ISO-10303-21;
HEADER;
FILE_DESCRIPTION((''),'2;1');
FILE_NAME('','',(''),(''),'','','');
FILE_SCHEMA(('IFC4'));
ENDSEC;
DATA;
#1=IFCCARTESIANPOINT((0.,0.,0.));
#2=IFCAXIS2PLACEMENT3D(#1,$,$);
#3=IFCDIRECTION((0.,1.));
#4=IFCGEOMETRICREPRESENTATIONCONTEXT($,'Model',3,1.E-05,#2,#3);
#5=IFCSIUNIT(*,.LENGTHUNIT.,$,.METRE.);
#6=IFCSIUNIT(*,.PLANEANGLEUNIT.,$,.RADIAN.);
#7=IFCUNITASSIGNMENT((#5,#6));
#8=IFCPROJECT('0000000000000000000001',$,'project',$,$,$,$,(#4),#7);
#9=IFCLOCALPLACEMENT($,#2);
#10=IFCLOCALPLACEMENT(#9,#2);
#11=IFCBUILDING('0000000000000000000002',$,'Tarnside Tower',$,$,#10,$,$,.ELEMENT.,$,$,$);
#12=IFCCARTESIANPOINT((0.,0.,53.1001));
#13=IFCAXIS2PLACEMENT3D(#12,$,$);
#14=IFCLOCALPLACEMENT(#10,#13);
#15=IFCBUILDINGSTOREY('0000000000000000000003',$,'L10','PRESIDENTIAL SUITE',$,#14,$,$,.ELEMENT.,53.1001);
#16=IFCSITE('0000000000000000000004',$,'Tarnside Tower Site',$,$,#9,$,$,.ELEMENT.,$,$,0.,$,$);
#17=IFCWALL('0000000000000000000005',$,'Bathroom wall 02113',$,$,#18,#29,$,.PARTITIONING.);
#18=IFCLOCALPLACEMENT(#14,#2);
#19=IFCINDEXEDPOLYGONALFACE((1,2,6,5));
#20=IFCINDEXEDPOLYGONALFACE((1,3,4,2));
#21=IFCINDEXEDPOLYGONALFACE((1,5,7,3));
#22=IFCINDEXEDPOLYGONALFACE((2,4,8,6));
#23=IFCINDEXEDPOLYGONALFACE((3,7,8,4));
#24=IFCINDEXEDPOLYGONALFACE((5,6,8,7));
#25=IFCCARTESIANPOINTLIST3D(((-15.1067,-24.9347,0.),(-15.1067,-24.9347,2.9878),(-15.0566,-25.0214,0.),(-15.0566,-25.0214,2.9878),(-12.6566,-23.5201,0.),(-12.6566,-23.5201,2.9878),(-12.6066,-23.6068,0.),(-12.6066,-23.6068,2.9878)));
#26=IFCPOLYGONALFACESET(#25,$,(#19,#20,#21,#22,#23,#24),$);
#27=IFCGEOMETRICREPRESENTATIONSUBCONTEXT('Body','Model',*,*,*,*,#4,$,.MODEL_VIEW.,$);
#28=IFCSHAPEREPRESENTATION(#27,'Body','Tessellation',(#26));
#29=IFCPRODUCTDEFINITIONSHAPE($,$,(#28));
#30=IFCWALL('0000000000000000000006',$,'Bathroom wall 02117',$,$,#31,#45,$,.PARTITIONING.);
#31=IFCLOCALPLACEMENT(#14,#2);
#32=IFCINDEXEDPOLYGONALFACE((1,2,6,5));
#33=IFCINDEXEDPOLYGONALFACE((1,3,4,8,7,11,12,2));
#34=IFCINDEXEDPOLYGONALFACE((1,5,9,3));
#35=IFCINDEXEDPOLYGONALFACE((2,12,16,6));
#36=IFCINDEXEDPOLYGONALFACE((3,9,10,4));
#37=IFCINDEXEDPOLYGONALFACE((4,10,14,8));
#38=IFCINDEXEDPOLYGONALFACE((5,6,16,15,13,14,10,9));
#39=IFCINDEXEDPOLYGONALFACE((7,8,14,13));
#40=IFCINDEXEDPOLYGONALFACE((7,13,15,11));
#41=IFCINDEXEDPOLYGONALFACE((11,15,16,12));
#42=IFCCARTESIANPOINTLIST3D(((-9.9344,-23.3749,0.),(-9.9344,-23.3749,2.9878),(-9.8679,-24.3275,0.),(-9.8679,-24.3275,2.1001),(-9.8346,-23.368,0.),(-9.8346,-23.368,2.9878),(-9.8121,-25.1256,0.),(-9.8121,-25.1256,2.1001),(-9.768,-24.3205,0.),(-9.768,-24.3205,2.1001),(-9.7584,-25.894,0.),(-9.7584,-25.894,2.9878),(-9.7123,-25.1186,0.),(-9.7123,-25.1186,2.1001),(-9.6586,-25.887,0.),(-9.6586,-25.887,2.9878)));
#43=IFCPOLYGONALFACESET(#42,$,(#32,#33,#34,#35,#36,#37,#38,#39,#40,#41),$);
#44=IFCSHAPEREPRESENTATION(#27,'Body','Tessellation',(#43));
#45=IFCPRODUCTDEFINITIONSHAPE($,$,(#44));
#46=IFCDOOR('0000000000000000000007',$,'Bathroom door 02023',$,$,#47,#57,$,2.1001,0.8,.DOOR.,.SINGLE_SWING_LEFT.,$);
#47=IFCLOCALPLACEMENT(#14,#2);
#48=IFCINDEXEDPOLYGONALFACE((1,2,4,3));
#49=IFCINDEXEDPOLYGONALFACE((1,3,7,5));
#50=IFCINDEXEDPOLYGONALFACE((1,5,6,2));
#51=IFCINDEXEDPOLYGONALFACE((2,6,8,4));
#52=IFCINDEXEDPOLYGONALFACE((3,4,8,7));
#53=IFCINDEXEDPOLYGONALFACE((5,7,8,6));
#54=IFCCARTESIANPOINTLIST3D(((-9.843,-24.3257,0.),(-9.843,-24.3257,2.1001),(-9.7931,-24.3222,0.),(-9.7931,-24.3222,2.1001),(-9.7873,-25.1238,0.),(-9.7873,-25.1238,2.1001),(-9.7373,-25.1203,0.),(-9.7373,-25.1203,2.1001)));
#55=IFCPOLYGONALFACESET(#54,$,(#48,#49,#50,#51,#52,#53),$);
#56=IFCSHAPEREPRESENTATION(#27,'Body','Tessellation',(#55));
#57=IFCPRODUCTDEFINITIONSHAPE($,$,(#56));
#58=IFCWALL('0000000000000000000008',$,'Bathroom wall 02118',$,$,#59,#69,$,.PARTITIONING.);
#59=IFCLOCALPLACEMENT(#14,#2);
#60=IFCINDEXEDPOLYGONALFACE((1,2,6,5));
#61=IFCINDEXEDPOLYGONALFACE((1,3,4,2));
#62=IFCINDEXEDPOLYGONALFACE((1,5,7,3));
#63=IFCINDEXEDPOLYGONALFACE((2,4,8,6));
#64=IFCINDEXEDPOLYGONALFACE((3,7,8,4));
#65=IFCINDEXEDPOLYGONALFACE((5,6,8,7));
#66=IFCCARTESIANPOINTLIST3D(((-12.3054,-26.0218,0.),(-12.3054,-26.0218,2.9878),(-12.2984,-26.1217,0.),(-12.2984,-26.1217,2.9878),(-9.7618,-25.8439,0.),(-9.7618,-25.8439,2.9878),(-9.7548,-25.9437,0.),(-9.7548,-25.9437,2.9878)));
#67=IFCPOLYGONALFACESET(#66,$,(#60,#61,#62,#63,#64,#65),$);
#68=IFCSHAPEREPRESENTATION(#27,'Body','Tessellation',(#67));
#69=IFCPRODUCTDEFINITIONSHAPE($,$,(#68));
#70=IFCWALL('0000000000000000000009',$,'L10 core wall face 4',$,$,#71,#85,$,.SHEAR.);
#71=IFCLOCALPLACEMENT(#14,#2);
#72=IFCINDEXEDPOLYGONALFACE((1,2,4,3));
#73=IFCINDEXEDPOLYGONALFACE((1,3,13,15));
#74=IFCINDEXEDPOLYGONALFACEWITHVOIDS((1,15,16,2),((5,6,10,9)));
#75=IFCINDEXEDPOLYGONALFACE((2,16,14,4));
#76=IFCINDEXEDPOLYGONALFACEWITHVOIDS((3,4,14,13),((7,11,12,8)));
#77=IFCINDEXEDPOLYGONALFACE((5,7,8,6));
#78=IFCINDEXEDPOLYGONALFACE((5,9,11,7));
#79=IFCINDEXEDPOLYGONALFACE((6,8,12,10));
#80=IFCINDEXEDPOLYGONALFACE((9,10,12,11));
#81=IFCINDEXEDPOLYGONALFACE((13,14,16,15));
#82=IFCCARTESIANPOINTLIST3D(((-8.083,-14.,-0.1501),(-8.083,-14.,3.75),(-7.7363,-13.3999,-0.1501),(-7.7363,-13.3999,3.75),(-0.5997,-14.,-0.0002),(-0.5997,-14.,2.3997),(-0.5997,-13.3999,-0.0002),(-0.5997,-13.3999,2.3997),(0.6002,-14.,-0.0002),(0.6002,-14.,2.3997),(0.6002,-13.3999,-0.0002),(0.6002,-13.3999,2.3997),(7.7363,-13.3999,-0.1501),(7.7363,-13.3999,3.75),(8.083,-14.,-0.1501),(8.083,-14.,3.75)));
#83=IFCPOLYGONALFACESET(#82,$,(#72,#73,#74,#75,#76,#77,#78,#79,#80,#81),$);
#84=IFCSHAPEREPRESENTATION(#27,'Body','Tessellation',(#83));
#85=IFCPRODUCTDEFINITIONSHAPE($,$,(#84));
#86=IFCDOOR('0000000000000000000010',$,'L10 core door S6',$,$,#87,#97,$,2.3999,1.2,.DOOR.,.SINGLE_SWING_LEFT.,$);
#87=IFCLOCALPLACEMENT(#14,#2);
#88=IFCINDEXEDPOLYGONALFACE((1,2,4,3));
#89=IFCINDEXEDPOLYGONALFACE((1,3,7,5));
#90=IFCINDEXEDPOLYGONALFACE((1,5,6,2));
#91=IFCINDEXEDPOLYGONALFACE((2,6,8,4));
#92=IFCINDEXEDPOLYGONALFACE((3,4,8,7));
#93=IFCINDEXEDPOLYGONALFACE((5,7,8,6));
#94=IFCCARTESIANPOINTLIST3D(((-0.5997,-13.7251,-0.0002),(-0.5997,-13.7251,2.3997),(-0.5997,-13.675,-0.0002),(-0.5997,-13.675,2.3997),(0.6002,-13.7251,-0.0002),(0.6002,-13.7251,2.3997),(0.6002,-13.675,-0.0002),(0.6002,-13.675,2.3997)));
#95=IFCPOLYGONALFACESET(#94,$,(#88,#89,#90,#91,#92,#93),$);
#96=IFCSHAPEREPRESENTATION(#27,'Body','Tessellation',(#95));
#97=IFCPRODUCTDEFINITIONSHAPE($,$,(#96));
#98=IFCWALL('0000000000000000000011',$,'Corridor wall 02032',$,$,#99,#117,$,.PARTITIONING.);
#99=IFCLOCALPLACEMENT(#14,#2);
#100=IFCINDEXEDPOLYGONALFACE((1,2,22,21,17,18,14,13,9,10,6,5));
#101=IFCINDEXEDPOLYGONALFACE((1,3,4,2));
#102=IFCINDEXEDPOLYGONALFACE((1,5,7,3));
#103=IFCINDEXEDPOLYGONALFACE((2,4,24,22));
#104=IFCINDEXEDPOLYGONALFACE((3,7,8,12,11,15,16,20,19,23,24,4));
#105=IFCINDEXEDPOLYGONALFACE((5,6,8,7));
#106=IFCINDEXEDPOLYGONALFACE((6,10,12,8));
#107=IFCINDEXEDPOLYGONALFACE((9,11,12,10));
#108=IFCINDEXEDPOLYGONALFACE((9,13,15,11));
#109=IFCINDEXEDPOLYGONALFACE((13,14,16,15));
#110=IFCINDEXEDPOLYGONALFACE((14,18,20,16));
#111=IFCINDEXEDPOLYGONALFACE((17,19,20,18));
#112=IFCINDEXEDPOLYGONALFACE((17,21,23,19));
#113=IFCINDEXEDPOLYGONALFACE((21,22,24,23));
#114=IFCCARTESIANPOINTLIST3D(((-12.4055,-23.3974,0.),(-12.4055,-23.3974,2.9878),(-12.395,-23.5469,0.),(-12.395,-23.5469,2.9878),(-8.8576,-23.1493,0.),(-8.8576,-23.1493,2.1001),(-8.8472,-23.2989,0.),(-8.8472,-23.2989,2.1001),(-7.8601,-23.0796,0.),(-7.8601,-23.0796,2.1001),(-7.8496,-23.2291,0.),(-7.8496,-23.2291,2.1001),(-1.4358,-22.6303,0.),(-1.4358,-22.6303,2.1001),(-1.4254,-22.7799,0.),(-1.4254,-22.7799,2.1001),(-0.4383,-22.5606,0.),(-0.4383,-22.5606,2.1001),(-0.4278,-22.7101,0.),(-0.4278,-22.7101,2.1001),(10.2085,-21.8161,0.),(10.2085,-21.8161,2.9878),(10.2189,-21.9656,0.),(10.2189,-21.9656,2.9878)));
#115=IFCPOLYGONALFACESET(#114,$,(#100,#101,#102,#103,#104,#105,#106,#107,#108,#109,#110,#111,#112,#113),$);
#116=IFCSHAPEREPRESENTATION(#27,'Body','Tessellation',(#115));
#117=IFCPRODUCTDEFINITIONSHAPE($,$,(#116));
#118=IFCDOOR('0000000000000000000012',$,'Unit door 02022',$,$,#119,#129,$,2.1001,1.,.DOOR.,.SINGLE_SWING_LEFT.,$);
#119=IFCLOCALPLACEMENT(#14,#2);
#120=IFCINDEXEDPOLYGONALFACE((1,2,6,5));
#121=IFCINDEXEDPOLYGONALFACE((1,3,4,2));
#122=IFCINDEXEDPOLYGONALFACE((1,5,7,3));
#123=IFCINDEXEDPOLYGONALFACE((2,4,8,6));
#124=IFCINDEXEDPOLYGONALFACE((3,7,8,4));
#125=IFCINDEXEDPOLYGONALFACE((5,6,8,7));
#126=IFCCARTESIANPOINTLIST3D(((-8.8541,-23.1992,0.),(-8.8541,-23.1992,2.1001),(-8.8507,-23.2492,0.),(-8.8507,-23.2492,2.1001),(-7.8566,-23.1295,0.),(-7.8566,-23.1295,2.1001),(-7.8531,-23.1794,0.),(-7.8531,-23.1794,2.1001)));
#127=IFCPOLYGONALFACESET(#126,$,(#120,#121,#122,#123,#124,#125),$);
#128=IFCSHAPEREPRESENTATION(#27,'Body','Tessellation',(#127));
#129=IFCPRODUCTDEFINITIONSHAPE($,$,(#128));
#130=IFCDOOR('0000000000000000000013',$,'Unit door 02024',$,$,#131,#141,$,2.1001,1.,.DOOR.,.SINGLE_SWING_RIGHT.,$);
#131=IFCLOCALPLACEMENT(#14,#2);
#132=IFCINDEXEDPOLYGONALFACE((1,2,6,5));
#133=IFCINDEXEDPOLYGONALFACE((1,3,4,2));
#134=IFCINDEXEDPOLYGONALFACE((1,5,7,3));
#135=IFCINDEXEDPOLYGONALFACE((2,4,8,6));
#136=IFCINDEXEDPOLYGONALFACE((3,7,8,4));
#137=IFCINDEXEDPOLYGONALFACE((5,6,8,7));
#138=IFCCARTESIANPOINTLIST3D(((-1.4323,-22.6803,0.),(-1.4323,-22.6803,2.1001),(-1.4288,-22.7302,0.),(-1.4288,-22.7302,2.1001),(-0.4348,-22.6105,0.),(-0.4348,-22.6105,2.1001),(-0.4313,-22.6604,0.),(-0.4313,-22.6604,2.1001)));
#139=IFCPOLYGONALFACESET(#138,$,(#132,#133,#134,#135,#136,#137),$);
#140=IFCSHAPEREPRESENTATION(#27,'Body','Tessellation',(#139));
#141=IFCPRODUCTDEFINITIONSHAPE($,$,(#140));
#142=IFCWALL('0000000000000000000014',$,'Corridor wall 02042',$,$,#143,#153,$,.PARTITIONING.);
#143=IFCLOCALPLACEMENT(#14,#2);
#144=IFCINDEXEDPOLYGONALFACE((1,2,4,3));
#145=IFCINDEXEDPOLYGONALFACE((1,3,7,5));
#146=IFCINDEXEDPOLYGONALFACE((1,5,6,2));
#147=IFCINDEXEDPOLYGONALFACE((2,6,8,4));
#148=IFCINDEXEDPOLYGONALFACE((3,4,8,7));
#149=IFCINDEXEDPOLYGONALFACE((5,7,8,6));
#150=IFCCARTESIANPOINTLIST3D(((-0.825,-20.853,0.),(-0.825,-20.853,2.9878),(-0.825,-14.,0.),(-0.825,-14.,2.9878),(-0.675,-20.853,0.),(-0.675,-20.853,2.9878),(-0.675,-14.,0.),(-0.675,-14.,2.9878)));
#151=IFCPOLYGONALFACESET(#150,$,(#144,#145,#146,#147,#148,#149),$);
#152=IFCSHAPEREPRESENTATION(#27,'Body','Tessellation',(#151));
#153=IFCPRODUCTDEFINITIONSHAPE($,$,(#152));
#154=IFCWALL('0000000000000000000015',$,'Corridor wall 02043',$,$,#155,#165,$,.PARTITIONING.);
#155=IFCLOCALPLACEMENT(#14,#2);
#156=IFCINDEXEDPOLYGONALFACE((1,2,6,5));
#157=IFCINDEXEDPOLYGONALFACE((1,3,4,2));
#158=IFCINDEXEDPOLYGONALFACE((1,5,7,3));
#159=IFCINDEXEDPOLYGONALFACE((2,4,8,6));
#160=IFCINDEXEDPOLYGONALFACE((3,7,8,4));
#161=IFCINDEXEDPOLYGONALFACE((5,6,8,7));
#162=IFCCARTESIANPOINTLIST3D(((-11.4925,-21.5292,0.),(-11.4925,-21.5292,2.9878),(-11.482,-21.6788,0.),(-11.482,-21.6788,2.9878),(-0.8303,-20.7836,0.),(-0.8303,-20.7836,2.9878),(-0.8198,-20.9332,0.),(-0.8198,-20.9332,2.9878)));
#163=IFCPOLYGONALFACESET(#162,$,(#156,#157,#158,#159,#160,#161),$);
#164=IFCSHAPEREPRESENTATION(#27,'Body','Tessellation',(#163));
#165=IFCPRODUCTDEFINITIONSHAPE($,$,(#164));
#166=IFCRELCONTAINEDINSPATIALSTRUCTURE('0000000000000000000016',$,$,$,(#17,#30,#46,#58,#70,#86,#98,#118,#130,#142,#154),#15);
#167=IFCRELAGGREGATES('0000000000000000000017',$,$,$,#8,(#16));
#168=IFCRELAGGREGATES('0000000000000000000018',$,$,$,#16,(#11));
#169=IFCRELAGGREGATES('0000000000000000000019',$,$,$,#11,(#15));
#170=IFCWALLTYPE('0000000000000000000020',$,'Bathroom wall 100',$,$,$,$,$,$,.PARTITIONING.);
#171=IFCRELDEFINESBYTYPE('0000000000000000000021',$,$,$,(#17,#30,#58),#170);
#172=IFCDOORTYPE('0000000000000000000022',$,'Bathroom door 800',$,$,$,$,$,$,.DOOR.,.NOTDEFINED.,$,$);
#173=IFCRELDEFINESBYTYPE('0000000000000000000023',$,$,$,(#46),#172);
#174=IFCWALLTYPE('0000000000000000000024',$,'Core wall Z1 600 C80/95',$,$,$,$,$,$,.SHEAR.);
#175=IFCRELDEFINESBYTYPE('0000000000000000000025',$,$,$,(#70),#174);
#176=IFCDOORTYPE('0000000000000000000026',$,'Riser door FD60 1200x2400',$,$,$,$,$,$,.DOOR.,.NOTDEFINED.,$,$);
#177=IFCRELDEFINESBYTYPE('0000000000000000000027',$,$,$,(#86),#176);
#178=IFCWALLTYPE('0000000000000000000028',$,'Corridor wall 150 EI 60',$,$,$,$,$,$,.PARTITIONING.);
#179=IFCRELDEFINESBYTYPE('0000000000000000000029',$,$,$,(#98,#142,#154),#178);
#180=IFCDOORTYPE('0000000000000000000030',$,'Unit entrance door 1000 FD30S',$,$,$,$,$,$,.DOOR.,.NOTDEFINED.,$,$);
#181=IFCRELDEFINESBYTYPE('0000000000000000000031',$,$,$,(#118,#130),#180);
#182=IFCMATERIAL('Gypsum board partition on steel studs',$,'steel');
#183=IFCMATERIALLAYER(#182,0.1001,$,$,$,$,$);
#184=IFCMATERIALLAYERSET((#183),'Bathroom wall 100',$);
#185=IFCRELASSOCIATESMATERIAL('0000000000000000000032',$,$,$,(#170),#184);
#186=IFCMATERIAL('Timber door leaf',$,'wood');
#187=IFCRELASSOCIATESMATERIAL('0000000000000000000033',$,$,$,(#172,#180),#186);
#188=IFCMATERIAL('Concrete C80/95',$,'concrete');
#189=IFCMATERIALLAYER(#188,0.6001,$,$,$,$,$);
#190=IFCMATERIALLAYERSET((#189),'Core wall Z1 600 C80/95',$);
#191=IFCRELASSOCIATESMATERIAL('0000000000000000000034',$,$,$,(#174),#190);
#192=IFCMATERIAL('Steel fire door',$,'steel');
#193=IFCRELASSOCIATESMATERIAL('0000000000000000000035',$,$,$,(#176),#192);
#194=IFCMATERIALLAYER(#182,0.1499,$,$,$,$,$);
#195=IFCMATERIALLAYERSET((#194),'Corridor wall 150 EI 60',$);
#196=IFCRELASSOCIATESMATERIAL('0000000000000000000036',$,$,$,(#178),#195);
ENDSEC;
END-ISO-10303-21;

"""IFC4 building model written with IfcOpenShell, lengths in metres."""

from ifc_helpers import new_model, si_unit, direction, frame, frame_2d, origin, place, context, subcontext, project, spatial, polyline, rectangle, outline, extrude, material, layer, layer_set, type_object, element, fill, save


model = new_model("IFC4")

# Units and contexts
model_context = context("Model", 3, precision=1e-05, world=origin(), true_north=direction((0.0, 1.0)))
body_context = subcontext(model_context, "Body", "Model", "MODEL_VIEW")
ifc_project = project(units=[si_unit("LENGTHUNIT", "METRE"), si_unit("PLANEANGLEUNIT", "RADIAN")], contexts=[model_context])

# Site, building, storey
site_placement = place(None, origin())
site = spatial("IfcSite", under=ifc_project, at=site_placement, Name="Tarnside Tower Site", CompositionType="ELEMENT", RefElevation=0.0)
building_placement = place(site_placement, origin())
building = spatial("IfcBuilding", under=site, at=building_placement, Name="Tarnside Tower", CompositionType="ELEMENT")
storey_placement = place(building_placement, frame((0.0, 0.0, 53.1001)))
storey = spatial("IfcBuildingStorey", under=building, at=storey_placement, Name="L10", Description="PRESIDENTIAL SUITE", CompositionType="ELEMENT", Elevation=53.1001)

# Wall
ifc_material_1 = material(Name="Gypsum board partition on steel studs", Category="steel")
ifc_layer_1 = layer(ifc_material_1, 0.1001)
ifc_layer_set_1 = layer_set([ifc_layer_1], Name="Bathroom wall 100")
wall_type_1 = type_object("IfcWallType", Name="Bathroom wall 100", PredefinedType="PARTITIONING", material=ifc_layer_set_1)
wall_1_placement = place(storey_placement, frame((-12.6316, -23.5635, 0.0), z_axis=(0.0, 0.0, 1.0), x_axis=(-0.866015, -0.500019, 0.0)))
element("IfcWall", 1, at=wall_1_placement, inside=storey, type_object=wall_type_1, Name="Bathroom wall 02113", PredefinedType="PARTITIONING", context=body_context, shape_type="SweptSolid", body=[
    extrude(rectangle(XDim=2.8291, YDim=0.1001, at=frame_2d((1.4146, 0.0))), origin(), (0.0, 0.0, 1.0), 2.9878),
])

# Wall, opening, door
wall_2_placement = place(storey_placement, frame((-9.8845, -23.3713, 0.0), z_axis=(0.0, 0.0, 1.0), x_axis=(0.069708, -0.997567, 0.0)))
wall_2 = element("IfcWall", 2, at=wall_2_placement, inside=storey, type_object=wall_type_1, Name="Bathroom wall 02117", PredefinedType="PARTITIONING", context=body_context, shape_type="SweptSolid", body=[
    extrude(rectangle(XDim=2.5251, YDim=0.1001, at=frame_2d((1.2627, 0.0))), origin(), (0.0, 0.0, 1.0), 2.9878),
])
opening_1_placement = place(wall_2_placement, frame((0.9551, 0.0, 0.0)))
opening_1 = element("IfcOpeningElement", 3, at=opening_1_placement, cuts=wall_2, PredefinedType="OPENING", context=body_context, shape_type="SweptSolid", body=[
    extrude(rectangle(XDim=0.8, YDim=2.1001, at=frame_2d((0.3999, 1.05))), frame((0.0, 0.0601, 0.0), z_axis=(0.0, -1.0, 0.0), x_axis=(1.0, 0.0, 0.0)), (0.0, 0.0, 1.0), 0.1201),
])
ifc_material_2 = material(Name="Timber door leaf", Category="wood")
door_type_1 = type_object("IfcDoorType", Name="Bathroom door 800", OperationType="NOTDEFINED", PredefinedType="DOOR", material=ifc_material_2)
door_1_placement = place(opening_1_placement, origin())
door_1 = element("IfcDoor", 4, at=door_1_placement, inside=storey, type_object=door_type_1, Name="Bathroom door 02023", OperationType="SINGLE_SWING_LEFT", OverallHeight=2.1001, OverallWidth=0.8, PredefinedType="DOOR", context=body_context, shape_type="SweptSolid", body=[
    extrude(rectangle(XDim=0.8, YDim=2.1001, at=frame_2d((0.3999, 1.05))), frame((0.0, 0.0249, 0.0), z_axis=(0.0, -1.0, 0.0), x_axis=(1.0, 0.0, 0.0)), (0.0, 0.0, 1.0), 0.05),
])
fill(opening_1, door_1)

# Wall
wall_3_placement = place(storey_placement, frame((-9.7583, -25.8938, 0.0), z_axis=(0.0, 0.0, 1.0), x_axis=(-0.997561, -0.069798, 0.0)))
element("IfcWall", 5, at=wall_3_placement, inside=storey, type_object=wall_type_1, Name="Bathroom wall 02118", PredefinedType="PARTITIONING", context=body_context, shape_type="SweptSolid", body=[
    extrude(rectangle(XDim=2.5498, YDim=0.1001, at=frame_2d((1.2749, 0.0))), origin(), (0.0, 0.0, 1.0), 2.9878),
])

# Wall, opening, door
ifc_material_3 = material(Name="Concrete C80/95", Category="concrete")
ifc_layer_2 = layer(ifc_material_3, 0.6001)
ifc_layer_set_2 = layer_set([ifc_layer_2], Name="Core wall Z1 600 C80/95")
wall_type_2 = type_object("IfcWallType", Name="Core wall Z1 600 C80/95", PredefinedType="SHEAR", material=ifc_layer_set_2)
wall_4_placement = place(storey_placement, frame((-7.9097, -13.7, -0.1501), z_axis=(0.0, 0.0, 1.0), x_axis=(1.0, 0.0, 0.0)))
wall_4 = element("IfcWall", 6, at=wall_4_placement, inside=storey, type_object=wall_type_2, Name="L10 core wall face 4", PredefinedType="SHEAR", context=body_context, shape_type="SweptSolid", body=[
    extrude(outline(polyline([(-0.1733, -0.3), (15.9927, -0.3), (15.646, 0.3), (0.1733, 0.3), (-0.1733, -0.3)])), origin(), (0.0, 0.0, 1.0), 3.9001),
])
opening_2_placement = place(wall_4_placement, frame((7.3098, 0.0, 0.1499)))
opening_2 = element("IfcOpeningElement", 7, at=opening_2_placement, cuts=wall_4, PredefinedType="OPENING", context=body_context, shape_type="SweptSolid", body=[
    extrude(rectangle(XDim=1.2, YDim=2.3999, at=frame_2d((0.6001, 1.2))), frame((0.0, 0.3101, 0.0), z_axis=(0.0, -1.0, 0.0), x_axis=(1.0, 0.0, 0.0)), (0.0, 0.0, 1.0), 0.6201),
])
ifc_material_4 = material(Name="Steel fire door", Category="steel")
door_type_2 = type_object("IfcDoorType", Name="Riser door FD60 1200x2400", OperationType="NOTDEFINED", PredefinedType="DOOR", material=ifc_material_4)
door_2_placement = place(opening_2_placement, origin())
door_2 = element("IfcDoor", 8, at=door_2_placement, inside=storey, type_object=door_type_2, Name="L10 core door S6", OperationType="SINGLE_SWING_LEFT", OverallHeight=2.3999, OverallWidth=1.2, PredefinedType="DOOR", context=body_context, shape_type="SweptSolid", body=[
    extrude(rectangle(XDim=1.2, YDim=2.3999, at=frame_2d((0.6001, 1.2))), frame((0.0, 0.0249, 0.0), z_axis=(0.0, -1.0, 0.0), x_axis=(1.0, 0.0, 0.0)), (0.0, 0.0, 1.0), 0.05),
])
fill(opening_2, door_2)

# Wall, openings, doors
ifc_layer_3 = layer(ifc_material_1, 0.1499)
ifc_layer_set_3 = layer_set([ifc_layer_3], Name="Corridor wall 150 EI 60")
wall_type_3 = type_object("IfcWallType", Name="Corridor wall 150 EI 60", PredefinedType="PARTITIONING", material=ifc_layer_set_3)
wall_5_placement = place(storey_placement, frame((-12.4001, -23.4722, 0.0), z_axis=(0.0, 0.0, 1.0), x_axis=(0.997564, 0.069755, 0.0)))
wall_5 = element("IfcWall", 9, at=wall_5_placement, inside=storey, type_object=wall_type_3, Name="Corridor wall 02032", PredefinedType="PARTITIONING", context=body_context, shape_type="SweptSolid", body=[
    extrude(rectangle(XDim=22.6692, YDim=0.1499, at=frame_2d((11.3345, 0.0))), origin(), (0.0, 0.0, 1.0), 2.9878),
])
opening_3_placement = place(wall_5_placement, frame((3.5564, 0.0, 0.0)))
opening_3 = element("IfcOpeningElement", 10, at=opening_3_placement, cuts=wall_5, PredefinedType="OPENING", context=body_context, shape_type="SweptSolid", body=[
    extrude(rectangle(XDim=1.0, YDim=2.1001, at=frame_2d((0.5, 1.05))), frame((0.0, 0.085, 0.0), z_axis=(0.0, -1.0, 0.0), x_axis=(1.0, 0.0, 0.0)), (0.0, 0.0, 1.0), 0.1699),
])
opening_4_placement = place(wall_5_placement, frame((10.9963, 0.0, 0.0)))
opening_4 = element("IfcOpeningElement", 11, at=opening_4_placement, cuts=wall_5, PredefinedType="OPENING", context=body_context, shape_type="SweptSolid", body=[
    extrude(rectangle(XDim=1.0, YDim=2.1001, at=frame_2d((0.5, 1.05))), frame((0.0, 0.085, 0.0), z_axis=(0.0, -1.0, 0.0), x_axis=(1.0, 0.0, 0.0)), (0.0, 0.0, 1.0), 0.1699),
])
door_type_3 = type_object("IfcDoorType", Name="Unit entrance door 1000 FD30S", OperationType="NOTDEFINED", PredefinedType="DOOR", material=ifc_material_2)
door_3_placement = place(opening_3_placement, origin())
door_3 = element("IfcDoor", 12, at=door_3_placement, inside=storey, type_object=door_type_3, Name="Unit door 02022", OperationType="SINGLE_SWING_LEFT", OverallHeight=2.1001, OverallWidth=1.0, PredefinedType="DOOR", context=body_context, shape_type="SweptSolid", body=[
    extrude(rectangle(XDim=1.0, YDim=2.1001, at=frame_2d((0.5, 1.05))), frame((0.0, 0.0249, 0.0), z_axis=(0.0, -1.0, 0.0), x_axis=(1.0, 0.0, 0.0)), (0.0, 0.0, 1.0), 0.05),
])
fill(opening_3, door_3)
door_4_placement = place(opening_4_placement, origin())
door_4 = element("IfcDoor", 13, at=door_4_placement, inside=storey, type_object=door_type_3, Name="Unit door 02024", OperationType="SINGLE_SWING_RIGHT", OverallHeight=2.1001, OverallWidth=1.0, PredefinedType="DOOR", context=body_context, shape_type="SweptSolid", body=[
    extrude(rectangle(XDim=1.0, YDim=2.1001, at=frame_2d((0.5, 1.05))), frame((0.0, 0.0249, 0.0), z_axis=(0.0, -1.0, 0.0), x_axis=(1.0, 0.0, 0.0)), (0.0, 0.0, 1.0), 0.05),
])
fill(opening_4, door_4)

# Walls
wall_6_placement = place(storey_placement, frame((-0.75, -14.0, 0.0), z_axis=(0.0, 0.0, 1.0), x_axis=(0.0, -1.0, 0.0)))
element("IfcWall", 14, at=wall_6_placement, inside=storey, type_object=wall_type_3, Name="Corridor wall 02042", PredefinedType="PARTITIONING", context=body_context, shape_type="SweptSolid", body=[
    extrude(rectangle(XDim=6.853, YDim=0.1499, at=frame_2d((3.4265, 0.0))), origin(), (0.0, 0.0, 1.0), 2.9878),
])
wall_7_placement = place(storey_placement, frame((-0.825, -20.8584, 0.0), z_axis=(0.0, 0.0, 1.0), x_axis=(-0.997564, -0.06976, 0.0)))
element("IfcWall", 15, at=wall_7_placement, inside=storey, type_object=wall_type_3, Name="Corridor wall 02043", PredefinedType="PARTITIONING", context=body_context, shape_type="SweptSolid", body=[
    extrude(rectangle(XDim=10.6882, YDim=0.1499, at=frame_2d((5.3442, 0.0))), origin(), (0.0, 0.0, 1.0), 2.9878),
])

save(model, "model.ifc")
